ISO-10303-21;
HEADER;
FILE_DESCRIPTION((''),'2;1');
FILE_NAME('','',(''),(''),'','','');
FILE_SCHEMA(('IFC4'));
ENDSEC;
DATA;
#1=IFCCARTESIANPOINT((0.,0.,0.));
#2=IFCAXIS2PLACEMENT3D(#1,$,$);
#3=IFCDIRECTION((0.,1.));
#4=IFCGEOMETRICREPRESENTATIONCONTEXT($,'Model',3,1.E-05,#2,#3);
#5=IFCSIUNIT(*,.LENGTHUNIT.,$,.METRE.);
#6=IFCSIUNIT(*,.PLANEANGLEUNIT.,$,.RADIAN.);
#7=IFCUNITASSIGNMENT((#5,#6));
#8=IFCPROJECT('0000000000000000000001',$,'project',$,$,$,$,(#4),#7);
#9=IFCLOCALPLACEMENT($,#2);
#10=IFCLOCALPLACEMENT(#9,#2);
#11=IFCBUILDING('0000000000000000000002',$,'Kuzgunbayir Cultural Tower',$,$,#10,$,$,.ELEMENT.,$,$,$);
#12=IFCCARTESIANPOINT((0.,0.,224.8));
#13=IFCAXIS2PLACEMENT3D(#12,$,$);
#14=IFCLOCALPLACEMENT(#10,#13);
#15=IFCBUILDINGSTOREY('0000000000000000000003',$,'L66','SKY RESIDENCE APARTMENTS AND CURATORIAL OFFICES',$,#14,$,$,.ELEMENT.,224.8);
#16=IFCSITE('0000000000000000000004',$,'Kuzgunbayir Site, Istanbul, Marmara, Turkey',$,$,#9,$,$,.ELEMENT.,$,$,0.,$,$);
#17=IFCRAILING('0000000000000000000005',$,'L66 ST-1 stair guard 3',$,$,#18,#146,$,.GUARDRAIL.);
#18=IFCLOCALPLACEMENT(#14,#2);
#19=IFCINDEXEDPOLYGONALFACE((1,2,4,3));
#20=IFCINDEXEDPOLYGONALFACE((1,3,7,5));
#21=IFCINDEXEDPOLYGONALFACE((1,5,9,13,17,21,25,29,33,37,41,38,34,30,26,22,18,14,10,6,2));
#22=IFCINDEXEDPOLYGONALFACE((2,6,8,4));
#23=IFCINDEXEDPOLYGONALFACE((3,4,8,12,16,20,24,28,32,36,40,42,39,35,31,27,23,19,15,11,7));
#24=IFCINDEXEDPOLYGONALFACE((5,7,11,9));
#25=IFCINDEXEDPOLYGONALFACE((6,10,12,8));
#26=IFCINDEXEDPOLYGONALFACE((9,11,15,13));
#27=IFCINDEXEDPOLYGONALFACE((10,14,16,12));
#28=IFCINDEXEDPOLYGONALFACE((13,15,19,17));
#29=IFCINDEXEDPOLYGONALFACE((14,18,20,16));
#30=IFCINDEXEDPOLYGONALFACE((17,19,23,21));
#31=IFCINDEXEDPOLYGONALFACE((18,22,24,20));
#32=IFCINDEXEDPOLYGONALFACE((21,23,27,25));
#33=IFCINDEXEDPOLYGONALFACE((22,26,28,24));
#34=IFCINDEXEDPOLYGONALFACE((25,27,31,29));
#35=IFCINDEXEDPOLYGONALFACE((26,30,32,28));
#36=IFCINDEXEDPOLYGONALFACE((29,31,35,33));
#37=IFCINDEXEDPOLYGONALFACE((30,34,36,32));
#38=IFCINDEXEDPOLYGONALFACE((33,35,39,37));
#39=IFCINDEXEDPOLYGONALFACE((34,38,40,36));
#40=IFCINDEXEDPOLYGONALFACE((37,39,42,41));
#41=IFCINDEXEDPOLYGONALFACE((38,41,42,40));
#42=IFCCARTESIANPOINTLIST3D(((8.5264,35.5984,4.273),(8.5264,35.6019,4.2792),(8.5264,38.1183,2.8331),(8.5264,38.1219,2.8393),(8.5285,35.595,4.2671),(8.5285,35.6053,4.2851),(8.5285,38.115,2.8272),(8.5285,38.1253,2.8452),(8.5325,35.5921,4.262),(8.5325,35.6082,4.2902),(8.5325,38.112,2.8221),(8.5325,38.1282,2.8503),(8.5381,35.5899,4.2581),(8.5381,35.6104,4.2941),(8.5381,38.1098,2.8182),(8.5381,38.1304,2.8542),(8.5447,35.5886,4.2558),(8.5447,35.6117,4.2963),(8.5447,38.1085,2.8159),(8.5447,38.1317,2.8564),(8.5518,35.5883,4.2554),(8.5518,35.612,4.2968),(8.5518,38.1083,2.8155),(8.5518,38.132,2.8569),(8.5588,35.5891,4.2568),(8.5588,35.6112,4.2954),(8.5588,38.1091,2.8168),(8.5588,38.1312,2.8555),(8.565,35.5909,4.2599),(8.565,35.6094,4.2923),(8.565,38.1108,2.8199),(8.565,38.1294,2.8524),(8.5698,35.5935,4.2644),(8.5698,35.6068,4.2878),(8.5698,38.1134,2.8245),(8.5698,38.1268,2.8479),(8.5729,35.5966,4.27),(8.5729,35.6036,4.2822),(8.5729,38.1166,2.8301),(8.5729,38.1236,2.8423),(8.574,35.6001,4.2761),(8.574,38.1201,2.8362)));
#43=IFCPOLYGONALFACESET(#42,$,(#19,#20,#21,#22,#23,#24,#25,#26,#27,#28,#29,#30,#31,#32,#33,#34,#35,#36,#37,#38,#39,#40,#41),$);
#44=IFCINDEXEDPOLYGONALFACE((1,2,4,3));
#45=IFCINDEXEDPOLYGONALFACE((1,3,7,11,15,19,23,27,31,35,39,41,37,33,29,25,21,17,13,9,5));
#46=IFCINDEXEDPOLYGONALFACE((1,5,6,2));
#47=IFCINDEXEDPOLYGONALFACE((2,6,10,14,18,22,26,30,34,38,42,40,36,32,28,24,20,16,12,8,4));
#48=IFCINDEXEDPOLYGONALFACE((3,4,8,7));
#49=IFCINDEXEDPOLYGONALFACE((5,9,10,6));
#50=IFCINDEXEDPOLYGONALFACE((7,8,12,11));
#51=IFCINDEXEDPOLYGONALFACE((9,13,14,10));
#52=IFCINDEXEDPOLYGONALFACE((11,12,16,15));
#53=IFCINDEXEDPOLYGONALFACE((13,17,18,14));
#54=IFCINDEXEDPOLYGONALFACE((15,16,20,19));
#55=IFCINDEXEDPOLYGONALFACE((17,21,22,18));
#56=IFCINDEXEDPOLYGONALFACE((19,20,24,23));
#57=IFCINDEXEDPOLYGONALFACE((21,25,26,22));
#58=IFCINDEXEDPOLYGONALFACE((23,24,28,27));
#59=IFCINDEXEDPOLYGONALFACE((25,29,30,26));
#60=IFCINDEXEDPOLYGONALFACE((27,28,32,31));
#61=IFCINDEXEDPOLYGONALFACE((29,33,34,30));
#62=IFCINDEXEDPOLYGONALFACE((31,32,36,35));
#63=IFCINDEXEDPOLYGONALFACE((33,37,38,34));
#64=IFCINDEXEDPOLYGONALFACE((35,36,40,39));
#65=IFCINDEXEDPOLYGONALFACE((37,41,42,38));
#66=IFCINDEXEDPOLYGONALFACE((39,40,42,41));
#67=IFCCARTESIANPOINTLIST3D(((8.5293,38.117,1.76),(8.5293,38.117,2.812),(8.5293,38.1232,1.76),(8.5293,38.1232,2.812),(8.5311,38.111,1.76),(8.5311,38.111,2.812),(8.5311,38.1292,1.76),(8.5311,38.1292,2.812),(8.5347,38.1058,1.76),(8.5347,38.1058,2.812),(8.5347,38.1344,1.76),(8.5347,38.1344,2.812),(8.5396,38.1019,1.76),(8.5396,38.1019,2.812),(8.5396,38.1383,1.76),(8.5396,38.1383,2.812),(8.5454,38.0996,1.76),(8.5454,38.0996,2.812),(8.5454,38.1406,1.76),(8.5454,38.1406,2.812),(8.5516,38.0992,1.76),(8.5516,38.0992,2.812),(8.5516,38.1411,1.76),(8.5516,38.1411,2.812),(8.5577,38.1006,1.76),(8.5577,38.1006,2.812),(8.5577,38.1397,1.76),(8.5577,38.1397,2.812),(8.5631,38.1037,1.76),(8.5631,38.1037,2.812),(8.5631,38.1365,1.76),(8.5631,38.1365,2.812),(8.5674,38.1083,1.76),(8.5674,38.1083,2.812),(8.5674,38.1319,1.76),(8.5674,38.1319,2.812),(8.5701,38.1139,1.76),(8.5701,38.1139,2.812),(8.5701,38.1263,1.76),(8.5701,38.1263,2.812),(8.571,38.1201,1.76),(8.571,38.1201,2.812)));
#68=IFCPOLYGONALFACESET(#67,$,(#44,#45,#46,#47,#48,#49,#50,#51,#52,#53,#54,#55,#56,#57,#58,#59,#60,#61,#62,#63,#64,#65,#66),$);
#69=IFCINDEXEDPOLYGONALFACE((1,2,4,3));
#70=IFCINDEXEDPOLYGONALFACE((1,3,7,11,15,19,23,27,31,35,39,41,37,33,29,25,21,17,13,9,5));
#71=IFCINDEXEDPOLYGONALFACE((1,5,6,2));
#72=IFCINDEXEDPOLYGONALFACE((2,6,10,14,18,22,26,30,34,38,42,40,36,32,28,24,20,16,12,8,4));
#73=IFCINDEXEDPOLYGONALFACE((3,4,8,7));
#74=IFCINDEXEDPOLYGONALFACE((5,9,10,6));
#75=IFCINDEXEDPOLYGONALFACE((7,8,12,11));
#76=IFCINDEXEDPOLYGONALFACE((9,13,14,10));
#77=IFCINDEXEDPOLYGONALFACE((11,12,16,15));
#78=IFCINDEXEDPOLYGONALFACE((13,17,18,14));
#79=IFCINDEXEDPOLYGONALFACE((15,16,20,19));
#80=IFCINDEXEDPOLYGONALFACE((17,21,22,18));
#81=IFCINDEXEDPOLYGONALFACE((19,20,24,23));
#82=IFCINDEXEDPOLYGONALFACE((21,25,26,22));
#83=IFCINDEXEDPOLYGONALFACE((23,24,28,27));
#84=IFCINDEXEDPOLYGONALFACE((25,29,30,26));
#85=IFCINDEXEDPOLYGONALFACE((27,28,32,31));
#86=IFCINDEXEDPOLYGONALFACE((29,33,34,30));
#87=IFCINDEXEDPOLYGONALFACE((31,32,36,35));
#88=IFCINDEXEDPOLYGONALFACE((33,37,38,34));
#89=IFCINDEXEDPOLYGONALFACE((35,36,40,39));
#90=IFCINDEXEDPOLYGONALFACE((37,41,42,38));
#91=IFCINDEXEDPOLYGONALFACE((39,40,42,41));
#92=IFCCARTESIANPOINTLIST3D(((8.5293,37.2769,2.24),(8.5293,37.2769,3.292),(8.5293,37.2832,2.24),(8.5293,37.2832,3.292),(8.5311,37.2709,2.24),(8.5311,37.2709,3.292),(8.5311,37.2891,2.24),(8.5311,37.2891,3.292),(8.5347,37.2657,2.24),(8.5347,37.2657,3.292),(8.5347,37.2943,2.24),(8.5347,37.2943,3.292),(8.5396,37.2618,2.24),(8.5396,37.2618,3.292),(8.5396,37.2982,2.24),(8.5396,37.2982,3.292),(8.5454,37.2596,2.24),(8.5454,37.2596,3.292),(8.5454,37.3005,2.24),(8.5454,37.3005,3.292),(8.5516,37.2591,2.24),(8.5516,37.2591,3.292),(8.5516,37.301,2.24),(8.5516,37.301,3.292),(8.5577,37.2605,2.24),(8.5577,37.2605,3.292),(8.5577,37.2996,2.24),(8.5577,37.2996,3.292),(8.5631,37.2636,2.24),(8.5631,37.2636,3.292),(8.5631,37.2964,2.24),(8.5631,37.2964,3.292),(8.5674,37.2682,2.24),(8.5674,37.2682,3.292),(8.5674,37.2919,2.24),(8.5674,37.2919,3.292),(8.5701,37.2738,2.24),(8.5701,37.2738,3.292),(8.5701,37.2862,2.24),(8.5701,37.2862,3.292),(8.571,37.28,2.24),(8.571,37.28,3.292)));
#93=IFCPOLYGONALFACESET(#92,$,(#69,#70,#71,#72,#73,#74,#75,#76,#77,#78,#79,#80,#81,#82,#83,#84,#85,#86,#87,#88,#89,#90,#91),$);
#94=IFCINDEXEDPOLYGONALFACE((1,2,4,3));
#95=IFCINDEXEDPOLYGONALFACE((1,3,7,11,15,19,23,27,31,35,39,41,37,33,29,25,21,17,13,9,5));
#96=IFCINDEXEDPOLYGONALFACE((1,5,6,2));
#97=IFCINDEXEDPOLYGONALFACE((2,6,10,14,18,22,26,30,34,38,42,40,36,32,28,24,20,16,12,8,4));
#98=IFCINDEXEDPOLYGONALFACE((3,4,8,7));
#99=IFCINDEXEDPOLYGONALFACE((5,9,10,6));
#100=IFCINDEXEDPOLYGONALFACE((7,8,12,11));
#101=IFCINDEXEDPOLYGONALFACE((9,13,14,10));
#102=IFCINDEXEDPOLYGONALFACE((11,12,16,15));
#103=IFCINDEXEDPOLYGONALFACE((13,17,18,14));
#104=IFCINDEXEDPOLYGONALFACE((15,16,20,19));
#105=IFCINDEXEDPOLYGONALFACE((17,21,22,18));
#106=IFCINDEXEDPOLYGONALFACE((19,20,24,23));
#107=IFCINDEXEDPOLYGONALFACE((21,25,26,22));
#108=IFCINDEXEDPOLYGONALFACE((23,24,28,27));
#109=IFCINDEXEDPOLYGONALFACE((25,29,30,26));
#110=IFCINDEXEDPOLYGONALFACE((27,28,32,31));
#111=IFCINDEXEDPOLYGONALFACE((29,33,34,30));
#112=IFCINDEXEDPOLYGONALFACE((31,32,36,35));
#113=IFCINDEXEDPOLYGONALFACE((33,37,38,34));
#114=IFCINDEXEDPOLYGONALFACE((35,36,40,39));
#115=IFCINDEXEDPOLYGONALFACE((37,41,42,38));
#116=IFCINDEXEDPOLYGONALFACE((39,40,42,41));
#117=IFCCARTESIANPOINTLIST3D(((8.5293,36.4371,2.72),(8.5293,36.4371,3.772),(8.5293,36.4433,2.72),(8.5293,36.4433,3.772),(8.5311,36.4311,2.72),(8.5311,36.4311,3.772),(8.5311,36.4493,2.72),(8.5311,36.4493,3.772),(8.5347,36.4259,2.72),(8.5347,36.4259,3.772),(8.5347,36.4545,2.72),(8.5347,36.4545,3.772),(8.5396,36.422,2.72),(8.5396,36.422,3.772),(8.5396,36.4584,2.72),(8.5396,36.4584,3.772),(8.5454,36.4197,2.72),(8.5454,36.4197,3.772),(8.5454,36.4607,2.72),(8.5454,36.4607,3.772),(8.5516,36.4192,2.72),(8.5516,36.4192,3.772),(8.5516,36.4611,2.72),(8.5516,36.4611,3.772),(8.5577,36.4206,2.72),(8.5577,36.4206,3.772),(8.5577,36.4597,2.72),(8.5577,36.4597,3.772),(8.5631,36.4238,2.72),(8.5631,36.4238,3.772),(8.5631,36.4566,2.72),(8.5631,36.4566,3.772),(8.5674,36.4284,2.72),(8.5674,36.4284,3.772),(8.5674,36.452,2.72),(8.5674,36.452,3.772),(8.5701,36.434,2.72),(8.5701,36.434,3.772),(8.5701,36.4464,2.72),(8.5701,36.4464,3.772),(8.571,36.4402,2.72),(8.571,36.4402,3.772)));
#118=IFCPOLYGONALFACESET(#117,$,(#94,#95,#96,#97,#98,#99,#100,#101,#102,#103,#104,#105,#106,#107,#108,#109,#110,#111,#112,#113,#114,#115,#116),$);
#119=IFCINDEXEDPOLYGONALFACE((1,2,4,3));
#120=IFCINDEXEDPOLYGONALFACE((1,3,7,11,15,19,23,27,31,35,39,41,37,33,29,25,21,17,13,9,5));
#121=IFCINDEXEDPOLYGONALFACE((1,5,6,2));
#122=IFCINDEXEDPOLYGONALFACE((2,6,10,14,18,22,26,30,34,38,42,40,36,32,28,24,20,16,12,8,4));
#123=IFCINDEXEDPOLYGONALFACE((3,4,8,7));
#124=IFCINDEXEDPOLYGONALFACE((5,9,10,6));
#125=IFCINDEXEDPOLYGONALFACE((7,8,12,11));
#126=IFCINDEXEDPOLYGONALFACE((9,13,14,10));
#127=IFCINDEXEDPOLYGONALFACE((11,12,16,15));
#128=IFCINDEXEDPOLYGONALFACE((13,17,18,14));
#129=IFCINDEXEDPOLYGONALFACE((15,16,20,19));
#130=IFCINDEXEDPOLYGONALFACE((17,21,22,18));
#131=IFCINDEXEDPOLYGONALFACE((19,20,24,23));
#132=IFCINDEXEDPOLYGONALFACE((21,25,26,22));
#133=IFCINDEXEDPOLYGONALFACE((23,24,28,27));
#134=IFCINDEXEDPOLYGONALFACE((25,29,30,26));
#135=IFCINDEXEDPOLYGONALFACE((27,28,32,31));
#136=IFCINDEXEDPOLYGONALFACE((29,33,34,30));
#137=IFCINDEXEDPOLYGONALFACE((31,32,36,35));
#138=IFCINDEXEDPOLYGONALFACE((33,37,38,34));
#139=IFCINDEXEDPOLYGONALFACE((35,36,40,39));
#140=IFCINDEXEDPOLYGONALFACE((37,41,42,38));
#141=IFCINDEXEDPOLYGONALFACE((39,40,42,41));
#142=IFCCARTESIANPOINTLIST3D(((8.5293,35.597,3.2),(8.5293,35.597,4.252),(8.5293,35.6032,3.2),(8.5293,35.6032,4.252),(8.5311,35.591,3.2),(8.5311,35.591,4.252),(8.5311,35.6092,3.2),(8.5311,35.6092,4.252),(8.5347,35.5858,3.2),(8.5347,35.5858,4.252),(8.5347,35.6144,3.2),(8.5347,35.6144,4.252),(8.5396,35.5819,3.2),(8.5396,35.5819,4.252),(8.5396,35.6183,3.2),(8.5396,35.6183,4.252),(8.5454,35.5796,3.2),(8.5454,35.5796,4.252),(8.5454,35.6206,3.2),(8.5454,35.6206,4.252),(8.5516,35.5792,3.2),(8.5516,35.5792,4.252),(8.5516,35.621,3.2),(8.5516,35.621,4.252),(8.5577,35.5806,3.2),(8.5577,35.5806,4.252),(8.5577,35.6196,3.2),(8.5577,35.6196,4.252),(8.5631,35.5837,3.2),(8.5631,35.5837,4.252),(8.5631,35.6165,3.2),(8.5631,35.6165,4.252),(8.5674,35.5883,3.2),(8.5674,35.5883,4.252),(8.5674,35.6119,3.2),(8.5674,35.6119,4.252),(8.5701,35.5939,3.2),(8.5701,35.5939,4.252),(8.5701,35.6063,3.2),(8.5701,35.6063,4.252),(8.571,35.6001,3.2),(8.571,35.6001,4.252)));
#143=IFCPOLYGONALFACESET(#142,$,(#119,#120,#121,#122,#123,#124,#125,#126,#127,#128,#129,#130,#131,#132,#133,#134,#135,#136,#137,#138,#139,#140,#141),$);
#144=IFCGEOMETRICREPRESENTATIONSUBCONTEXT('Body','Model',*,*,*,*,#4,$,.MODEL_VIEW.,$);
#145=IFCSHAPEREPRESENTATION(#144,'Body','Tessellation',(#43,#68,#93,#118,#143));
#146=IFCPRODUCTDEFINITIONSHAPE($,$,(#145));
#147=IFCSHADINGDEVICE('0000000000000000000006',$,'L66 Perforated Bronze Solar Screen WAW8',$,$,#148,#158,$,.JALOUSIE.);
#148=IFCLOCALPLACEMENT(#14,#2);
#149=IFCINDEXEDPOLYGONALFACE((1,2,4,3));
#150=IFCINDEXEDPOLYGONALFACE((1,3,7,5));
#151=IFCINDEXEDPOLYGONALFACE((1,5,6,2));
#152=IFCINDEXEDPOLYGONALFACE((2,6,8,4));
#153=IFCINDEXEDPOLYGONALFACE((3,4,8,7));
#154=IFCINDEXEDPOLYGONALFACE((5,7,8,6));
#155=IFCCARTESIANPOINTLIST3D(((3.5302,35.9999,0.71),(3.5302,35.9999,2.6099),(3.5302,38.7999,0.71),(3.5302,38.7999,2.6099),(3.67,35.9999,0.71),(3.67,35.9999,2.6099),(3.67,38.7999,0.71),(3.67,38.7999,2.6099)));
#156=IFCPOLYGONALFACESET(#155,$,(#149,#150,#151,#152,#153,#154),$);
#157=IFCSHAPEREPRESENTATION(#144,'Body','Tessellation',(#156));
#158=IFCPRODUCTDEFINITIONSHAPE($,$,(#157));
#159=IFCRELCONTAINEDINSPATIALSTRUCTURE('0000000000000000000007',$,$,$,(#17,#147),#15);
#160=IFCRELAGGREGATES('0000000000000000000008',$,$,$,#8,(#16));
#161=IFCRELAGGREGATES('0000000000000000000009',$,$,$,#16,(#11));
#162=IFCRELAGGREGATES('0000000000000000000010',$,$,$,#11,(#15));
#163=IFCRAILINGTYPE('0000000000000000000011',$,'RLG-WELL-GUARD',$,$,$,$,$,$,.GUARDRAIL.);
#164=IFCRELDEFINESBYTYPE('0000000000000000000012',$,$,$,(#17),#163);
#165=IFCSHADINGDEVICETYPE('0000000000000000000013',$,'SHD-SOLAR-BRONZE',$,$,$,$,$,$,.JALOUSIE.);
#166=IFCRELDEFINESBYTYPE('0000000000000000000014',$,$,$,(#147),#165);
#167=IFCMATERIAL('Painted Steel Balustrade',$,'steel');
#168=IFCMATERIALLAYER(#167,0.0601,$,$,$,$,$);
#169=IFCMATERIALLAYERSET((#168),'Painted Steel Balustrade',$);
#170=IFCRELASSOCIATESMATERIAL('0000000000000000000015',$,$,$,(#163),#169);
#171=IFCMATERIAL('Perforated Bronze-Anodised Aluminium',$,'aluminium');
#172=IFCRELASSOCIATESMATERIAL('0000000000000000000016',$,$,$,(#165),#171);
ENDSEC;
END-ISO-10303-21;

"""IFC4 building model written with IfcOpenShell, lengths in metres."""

from ifc_helpers import new_model, si_unit, direction, frame, origin, origin_2d, place, context, subcontext, project, spatial, rectangle, circle, extrude, material, layer, layer_set, type_object, element, save


model = new_model("IFC4")

# Units and contexts
model_context = context("Model", 3, precision=1e-05, world=origin(), true_north=direction((0.0, 1.0)))
body_context = subcontext(model_context, "Body", "Model", "MODEL_VIEW")
ifc_project = project(units=[si_unit("LENGTHUNIT", "METRE"), si_unit("PLANEANGLEUNIT", "RADIAN")], contexts=[model_context])

# Site, building, storey
site_placement = place(None, origin())
site = spatial("IfcSite", under=ifc_project, at=site_placement, Name="Kuzgunbayir Site, Istanbul, Marmara, Turkey", CompositionType="ELEMENT", RefElevation=0.0)
building_placement = place(site_placement, origin())
building = spatial("IfcBuilding", under=site, at=building_placement, Name="Kuzgunbayir Cultural Tower", CompositionType="ELEMENT")
storey_placement = place(building_placement, frame((0.0, 0.0, 224.8)))
storey = spatial("IfcBuildingStorey", under=building, at=storey_placement, Name="L66", Description="SKY RESIDENCE APARTMENTS AND CURATORIAL OFFICES", CompositionType="ELEMENT", Elevation=224.8)

# Railing
ifc_material_1 = material(Name="Painted Steel Balustrade", Category="steel")
ifc_layer_1 = layer(ifc_material_1, 0.0601)
ifc_layer_set_1 = layer_set([ifc_layer_1], Name="Painted Steel Balustrade")
railing_type_1 = type_object("IfcRailingType", Name="RLG-WELL-GUARD", PredefinedType="GUARDRAIL", material=ifc_layer_set_1)
railing_1_placement = place(storey_placement, frame((8.55, 38.1201, 1.76)))
element("IfcRailing", 1, at=railing_1_placement, inside=storey, type_object=railing_type_1, Name="L66 ST-1 stair guard 3", PredefinedType="GUARDRAIL", context=body_context, shape_type="SweptSolid", body=[
    extrude(circle(Radius=0.0239, at=origin_2d()), frame((0.0, 0.0, 1.0762), z_axis=(0.0, -0.868253, 0.496121), x_axis=(1.0, 0.0, 0.0)), (0.0, 0.0, 1.0), 2.9023),
    extrude(circle(Radius=0.021, at=origin_2d()), origin(), (0.0, 0.0, 1.0), 1.052),
    extrude(circle(Radius=0.021, at=origin_2d()), frame((0.0, -0.8401, 0.48)), (0.0, 0.0, 1.0), 1.052),
    extrude(circle(Radius=0.021, at=origin_2d()), frame((0.0, -1.6799, 0.96)), (0.0, 0.0, 1.0), 1.052),
    extrude(circle(Radius=0.021, at=origin_2d()), frame((0.0, -2.52, 1.4399)), (0.0, 0.0, 1.0), 1.052),
])

# Shading device
ifc_material_2 = material(Name="Perforated Bronze-Anodised Aluminium", Category="aluminium")
shading_device_type = type_object("IfcShadingDeviceType", Name="SHD-SOLAR-BRONZE", PredefinedType="JALOUSIE", material=ifc_material_2)
shading_device_placement = place(storey_placement, frame((3.6001, 37.3999, 0.71), z_axis=(0.0, 0.0, 1.0), x_axis=(1.0, 0.0, 0.0)))
element("IfcShadingDevice", 2, at=shading_device_placement, inside=storey, type_object=shading_device_type, Name="L66 Perforated Bronze Solar Screen WAW8", PredefinedType="JALOUSIE", context=body_context, shape_type="SweptSolid", body=[
    extrude(rectangle(XDim=0.1399, YDim=2.8, at=origin_2d()), origin(), (0.0, 0.0, 1.0), 1.8999),
])

save(model, "model.ifc")
